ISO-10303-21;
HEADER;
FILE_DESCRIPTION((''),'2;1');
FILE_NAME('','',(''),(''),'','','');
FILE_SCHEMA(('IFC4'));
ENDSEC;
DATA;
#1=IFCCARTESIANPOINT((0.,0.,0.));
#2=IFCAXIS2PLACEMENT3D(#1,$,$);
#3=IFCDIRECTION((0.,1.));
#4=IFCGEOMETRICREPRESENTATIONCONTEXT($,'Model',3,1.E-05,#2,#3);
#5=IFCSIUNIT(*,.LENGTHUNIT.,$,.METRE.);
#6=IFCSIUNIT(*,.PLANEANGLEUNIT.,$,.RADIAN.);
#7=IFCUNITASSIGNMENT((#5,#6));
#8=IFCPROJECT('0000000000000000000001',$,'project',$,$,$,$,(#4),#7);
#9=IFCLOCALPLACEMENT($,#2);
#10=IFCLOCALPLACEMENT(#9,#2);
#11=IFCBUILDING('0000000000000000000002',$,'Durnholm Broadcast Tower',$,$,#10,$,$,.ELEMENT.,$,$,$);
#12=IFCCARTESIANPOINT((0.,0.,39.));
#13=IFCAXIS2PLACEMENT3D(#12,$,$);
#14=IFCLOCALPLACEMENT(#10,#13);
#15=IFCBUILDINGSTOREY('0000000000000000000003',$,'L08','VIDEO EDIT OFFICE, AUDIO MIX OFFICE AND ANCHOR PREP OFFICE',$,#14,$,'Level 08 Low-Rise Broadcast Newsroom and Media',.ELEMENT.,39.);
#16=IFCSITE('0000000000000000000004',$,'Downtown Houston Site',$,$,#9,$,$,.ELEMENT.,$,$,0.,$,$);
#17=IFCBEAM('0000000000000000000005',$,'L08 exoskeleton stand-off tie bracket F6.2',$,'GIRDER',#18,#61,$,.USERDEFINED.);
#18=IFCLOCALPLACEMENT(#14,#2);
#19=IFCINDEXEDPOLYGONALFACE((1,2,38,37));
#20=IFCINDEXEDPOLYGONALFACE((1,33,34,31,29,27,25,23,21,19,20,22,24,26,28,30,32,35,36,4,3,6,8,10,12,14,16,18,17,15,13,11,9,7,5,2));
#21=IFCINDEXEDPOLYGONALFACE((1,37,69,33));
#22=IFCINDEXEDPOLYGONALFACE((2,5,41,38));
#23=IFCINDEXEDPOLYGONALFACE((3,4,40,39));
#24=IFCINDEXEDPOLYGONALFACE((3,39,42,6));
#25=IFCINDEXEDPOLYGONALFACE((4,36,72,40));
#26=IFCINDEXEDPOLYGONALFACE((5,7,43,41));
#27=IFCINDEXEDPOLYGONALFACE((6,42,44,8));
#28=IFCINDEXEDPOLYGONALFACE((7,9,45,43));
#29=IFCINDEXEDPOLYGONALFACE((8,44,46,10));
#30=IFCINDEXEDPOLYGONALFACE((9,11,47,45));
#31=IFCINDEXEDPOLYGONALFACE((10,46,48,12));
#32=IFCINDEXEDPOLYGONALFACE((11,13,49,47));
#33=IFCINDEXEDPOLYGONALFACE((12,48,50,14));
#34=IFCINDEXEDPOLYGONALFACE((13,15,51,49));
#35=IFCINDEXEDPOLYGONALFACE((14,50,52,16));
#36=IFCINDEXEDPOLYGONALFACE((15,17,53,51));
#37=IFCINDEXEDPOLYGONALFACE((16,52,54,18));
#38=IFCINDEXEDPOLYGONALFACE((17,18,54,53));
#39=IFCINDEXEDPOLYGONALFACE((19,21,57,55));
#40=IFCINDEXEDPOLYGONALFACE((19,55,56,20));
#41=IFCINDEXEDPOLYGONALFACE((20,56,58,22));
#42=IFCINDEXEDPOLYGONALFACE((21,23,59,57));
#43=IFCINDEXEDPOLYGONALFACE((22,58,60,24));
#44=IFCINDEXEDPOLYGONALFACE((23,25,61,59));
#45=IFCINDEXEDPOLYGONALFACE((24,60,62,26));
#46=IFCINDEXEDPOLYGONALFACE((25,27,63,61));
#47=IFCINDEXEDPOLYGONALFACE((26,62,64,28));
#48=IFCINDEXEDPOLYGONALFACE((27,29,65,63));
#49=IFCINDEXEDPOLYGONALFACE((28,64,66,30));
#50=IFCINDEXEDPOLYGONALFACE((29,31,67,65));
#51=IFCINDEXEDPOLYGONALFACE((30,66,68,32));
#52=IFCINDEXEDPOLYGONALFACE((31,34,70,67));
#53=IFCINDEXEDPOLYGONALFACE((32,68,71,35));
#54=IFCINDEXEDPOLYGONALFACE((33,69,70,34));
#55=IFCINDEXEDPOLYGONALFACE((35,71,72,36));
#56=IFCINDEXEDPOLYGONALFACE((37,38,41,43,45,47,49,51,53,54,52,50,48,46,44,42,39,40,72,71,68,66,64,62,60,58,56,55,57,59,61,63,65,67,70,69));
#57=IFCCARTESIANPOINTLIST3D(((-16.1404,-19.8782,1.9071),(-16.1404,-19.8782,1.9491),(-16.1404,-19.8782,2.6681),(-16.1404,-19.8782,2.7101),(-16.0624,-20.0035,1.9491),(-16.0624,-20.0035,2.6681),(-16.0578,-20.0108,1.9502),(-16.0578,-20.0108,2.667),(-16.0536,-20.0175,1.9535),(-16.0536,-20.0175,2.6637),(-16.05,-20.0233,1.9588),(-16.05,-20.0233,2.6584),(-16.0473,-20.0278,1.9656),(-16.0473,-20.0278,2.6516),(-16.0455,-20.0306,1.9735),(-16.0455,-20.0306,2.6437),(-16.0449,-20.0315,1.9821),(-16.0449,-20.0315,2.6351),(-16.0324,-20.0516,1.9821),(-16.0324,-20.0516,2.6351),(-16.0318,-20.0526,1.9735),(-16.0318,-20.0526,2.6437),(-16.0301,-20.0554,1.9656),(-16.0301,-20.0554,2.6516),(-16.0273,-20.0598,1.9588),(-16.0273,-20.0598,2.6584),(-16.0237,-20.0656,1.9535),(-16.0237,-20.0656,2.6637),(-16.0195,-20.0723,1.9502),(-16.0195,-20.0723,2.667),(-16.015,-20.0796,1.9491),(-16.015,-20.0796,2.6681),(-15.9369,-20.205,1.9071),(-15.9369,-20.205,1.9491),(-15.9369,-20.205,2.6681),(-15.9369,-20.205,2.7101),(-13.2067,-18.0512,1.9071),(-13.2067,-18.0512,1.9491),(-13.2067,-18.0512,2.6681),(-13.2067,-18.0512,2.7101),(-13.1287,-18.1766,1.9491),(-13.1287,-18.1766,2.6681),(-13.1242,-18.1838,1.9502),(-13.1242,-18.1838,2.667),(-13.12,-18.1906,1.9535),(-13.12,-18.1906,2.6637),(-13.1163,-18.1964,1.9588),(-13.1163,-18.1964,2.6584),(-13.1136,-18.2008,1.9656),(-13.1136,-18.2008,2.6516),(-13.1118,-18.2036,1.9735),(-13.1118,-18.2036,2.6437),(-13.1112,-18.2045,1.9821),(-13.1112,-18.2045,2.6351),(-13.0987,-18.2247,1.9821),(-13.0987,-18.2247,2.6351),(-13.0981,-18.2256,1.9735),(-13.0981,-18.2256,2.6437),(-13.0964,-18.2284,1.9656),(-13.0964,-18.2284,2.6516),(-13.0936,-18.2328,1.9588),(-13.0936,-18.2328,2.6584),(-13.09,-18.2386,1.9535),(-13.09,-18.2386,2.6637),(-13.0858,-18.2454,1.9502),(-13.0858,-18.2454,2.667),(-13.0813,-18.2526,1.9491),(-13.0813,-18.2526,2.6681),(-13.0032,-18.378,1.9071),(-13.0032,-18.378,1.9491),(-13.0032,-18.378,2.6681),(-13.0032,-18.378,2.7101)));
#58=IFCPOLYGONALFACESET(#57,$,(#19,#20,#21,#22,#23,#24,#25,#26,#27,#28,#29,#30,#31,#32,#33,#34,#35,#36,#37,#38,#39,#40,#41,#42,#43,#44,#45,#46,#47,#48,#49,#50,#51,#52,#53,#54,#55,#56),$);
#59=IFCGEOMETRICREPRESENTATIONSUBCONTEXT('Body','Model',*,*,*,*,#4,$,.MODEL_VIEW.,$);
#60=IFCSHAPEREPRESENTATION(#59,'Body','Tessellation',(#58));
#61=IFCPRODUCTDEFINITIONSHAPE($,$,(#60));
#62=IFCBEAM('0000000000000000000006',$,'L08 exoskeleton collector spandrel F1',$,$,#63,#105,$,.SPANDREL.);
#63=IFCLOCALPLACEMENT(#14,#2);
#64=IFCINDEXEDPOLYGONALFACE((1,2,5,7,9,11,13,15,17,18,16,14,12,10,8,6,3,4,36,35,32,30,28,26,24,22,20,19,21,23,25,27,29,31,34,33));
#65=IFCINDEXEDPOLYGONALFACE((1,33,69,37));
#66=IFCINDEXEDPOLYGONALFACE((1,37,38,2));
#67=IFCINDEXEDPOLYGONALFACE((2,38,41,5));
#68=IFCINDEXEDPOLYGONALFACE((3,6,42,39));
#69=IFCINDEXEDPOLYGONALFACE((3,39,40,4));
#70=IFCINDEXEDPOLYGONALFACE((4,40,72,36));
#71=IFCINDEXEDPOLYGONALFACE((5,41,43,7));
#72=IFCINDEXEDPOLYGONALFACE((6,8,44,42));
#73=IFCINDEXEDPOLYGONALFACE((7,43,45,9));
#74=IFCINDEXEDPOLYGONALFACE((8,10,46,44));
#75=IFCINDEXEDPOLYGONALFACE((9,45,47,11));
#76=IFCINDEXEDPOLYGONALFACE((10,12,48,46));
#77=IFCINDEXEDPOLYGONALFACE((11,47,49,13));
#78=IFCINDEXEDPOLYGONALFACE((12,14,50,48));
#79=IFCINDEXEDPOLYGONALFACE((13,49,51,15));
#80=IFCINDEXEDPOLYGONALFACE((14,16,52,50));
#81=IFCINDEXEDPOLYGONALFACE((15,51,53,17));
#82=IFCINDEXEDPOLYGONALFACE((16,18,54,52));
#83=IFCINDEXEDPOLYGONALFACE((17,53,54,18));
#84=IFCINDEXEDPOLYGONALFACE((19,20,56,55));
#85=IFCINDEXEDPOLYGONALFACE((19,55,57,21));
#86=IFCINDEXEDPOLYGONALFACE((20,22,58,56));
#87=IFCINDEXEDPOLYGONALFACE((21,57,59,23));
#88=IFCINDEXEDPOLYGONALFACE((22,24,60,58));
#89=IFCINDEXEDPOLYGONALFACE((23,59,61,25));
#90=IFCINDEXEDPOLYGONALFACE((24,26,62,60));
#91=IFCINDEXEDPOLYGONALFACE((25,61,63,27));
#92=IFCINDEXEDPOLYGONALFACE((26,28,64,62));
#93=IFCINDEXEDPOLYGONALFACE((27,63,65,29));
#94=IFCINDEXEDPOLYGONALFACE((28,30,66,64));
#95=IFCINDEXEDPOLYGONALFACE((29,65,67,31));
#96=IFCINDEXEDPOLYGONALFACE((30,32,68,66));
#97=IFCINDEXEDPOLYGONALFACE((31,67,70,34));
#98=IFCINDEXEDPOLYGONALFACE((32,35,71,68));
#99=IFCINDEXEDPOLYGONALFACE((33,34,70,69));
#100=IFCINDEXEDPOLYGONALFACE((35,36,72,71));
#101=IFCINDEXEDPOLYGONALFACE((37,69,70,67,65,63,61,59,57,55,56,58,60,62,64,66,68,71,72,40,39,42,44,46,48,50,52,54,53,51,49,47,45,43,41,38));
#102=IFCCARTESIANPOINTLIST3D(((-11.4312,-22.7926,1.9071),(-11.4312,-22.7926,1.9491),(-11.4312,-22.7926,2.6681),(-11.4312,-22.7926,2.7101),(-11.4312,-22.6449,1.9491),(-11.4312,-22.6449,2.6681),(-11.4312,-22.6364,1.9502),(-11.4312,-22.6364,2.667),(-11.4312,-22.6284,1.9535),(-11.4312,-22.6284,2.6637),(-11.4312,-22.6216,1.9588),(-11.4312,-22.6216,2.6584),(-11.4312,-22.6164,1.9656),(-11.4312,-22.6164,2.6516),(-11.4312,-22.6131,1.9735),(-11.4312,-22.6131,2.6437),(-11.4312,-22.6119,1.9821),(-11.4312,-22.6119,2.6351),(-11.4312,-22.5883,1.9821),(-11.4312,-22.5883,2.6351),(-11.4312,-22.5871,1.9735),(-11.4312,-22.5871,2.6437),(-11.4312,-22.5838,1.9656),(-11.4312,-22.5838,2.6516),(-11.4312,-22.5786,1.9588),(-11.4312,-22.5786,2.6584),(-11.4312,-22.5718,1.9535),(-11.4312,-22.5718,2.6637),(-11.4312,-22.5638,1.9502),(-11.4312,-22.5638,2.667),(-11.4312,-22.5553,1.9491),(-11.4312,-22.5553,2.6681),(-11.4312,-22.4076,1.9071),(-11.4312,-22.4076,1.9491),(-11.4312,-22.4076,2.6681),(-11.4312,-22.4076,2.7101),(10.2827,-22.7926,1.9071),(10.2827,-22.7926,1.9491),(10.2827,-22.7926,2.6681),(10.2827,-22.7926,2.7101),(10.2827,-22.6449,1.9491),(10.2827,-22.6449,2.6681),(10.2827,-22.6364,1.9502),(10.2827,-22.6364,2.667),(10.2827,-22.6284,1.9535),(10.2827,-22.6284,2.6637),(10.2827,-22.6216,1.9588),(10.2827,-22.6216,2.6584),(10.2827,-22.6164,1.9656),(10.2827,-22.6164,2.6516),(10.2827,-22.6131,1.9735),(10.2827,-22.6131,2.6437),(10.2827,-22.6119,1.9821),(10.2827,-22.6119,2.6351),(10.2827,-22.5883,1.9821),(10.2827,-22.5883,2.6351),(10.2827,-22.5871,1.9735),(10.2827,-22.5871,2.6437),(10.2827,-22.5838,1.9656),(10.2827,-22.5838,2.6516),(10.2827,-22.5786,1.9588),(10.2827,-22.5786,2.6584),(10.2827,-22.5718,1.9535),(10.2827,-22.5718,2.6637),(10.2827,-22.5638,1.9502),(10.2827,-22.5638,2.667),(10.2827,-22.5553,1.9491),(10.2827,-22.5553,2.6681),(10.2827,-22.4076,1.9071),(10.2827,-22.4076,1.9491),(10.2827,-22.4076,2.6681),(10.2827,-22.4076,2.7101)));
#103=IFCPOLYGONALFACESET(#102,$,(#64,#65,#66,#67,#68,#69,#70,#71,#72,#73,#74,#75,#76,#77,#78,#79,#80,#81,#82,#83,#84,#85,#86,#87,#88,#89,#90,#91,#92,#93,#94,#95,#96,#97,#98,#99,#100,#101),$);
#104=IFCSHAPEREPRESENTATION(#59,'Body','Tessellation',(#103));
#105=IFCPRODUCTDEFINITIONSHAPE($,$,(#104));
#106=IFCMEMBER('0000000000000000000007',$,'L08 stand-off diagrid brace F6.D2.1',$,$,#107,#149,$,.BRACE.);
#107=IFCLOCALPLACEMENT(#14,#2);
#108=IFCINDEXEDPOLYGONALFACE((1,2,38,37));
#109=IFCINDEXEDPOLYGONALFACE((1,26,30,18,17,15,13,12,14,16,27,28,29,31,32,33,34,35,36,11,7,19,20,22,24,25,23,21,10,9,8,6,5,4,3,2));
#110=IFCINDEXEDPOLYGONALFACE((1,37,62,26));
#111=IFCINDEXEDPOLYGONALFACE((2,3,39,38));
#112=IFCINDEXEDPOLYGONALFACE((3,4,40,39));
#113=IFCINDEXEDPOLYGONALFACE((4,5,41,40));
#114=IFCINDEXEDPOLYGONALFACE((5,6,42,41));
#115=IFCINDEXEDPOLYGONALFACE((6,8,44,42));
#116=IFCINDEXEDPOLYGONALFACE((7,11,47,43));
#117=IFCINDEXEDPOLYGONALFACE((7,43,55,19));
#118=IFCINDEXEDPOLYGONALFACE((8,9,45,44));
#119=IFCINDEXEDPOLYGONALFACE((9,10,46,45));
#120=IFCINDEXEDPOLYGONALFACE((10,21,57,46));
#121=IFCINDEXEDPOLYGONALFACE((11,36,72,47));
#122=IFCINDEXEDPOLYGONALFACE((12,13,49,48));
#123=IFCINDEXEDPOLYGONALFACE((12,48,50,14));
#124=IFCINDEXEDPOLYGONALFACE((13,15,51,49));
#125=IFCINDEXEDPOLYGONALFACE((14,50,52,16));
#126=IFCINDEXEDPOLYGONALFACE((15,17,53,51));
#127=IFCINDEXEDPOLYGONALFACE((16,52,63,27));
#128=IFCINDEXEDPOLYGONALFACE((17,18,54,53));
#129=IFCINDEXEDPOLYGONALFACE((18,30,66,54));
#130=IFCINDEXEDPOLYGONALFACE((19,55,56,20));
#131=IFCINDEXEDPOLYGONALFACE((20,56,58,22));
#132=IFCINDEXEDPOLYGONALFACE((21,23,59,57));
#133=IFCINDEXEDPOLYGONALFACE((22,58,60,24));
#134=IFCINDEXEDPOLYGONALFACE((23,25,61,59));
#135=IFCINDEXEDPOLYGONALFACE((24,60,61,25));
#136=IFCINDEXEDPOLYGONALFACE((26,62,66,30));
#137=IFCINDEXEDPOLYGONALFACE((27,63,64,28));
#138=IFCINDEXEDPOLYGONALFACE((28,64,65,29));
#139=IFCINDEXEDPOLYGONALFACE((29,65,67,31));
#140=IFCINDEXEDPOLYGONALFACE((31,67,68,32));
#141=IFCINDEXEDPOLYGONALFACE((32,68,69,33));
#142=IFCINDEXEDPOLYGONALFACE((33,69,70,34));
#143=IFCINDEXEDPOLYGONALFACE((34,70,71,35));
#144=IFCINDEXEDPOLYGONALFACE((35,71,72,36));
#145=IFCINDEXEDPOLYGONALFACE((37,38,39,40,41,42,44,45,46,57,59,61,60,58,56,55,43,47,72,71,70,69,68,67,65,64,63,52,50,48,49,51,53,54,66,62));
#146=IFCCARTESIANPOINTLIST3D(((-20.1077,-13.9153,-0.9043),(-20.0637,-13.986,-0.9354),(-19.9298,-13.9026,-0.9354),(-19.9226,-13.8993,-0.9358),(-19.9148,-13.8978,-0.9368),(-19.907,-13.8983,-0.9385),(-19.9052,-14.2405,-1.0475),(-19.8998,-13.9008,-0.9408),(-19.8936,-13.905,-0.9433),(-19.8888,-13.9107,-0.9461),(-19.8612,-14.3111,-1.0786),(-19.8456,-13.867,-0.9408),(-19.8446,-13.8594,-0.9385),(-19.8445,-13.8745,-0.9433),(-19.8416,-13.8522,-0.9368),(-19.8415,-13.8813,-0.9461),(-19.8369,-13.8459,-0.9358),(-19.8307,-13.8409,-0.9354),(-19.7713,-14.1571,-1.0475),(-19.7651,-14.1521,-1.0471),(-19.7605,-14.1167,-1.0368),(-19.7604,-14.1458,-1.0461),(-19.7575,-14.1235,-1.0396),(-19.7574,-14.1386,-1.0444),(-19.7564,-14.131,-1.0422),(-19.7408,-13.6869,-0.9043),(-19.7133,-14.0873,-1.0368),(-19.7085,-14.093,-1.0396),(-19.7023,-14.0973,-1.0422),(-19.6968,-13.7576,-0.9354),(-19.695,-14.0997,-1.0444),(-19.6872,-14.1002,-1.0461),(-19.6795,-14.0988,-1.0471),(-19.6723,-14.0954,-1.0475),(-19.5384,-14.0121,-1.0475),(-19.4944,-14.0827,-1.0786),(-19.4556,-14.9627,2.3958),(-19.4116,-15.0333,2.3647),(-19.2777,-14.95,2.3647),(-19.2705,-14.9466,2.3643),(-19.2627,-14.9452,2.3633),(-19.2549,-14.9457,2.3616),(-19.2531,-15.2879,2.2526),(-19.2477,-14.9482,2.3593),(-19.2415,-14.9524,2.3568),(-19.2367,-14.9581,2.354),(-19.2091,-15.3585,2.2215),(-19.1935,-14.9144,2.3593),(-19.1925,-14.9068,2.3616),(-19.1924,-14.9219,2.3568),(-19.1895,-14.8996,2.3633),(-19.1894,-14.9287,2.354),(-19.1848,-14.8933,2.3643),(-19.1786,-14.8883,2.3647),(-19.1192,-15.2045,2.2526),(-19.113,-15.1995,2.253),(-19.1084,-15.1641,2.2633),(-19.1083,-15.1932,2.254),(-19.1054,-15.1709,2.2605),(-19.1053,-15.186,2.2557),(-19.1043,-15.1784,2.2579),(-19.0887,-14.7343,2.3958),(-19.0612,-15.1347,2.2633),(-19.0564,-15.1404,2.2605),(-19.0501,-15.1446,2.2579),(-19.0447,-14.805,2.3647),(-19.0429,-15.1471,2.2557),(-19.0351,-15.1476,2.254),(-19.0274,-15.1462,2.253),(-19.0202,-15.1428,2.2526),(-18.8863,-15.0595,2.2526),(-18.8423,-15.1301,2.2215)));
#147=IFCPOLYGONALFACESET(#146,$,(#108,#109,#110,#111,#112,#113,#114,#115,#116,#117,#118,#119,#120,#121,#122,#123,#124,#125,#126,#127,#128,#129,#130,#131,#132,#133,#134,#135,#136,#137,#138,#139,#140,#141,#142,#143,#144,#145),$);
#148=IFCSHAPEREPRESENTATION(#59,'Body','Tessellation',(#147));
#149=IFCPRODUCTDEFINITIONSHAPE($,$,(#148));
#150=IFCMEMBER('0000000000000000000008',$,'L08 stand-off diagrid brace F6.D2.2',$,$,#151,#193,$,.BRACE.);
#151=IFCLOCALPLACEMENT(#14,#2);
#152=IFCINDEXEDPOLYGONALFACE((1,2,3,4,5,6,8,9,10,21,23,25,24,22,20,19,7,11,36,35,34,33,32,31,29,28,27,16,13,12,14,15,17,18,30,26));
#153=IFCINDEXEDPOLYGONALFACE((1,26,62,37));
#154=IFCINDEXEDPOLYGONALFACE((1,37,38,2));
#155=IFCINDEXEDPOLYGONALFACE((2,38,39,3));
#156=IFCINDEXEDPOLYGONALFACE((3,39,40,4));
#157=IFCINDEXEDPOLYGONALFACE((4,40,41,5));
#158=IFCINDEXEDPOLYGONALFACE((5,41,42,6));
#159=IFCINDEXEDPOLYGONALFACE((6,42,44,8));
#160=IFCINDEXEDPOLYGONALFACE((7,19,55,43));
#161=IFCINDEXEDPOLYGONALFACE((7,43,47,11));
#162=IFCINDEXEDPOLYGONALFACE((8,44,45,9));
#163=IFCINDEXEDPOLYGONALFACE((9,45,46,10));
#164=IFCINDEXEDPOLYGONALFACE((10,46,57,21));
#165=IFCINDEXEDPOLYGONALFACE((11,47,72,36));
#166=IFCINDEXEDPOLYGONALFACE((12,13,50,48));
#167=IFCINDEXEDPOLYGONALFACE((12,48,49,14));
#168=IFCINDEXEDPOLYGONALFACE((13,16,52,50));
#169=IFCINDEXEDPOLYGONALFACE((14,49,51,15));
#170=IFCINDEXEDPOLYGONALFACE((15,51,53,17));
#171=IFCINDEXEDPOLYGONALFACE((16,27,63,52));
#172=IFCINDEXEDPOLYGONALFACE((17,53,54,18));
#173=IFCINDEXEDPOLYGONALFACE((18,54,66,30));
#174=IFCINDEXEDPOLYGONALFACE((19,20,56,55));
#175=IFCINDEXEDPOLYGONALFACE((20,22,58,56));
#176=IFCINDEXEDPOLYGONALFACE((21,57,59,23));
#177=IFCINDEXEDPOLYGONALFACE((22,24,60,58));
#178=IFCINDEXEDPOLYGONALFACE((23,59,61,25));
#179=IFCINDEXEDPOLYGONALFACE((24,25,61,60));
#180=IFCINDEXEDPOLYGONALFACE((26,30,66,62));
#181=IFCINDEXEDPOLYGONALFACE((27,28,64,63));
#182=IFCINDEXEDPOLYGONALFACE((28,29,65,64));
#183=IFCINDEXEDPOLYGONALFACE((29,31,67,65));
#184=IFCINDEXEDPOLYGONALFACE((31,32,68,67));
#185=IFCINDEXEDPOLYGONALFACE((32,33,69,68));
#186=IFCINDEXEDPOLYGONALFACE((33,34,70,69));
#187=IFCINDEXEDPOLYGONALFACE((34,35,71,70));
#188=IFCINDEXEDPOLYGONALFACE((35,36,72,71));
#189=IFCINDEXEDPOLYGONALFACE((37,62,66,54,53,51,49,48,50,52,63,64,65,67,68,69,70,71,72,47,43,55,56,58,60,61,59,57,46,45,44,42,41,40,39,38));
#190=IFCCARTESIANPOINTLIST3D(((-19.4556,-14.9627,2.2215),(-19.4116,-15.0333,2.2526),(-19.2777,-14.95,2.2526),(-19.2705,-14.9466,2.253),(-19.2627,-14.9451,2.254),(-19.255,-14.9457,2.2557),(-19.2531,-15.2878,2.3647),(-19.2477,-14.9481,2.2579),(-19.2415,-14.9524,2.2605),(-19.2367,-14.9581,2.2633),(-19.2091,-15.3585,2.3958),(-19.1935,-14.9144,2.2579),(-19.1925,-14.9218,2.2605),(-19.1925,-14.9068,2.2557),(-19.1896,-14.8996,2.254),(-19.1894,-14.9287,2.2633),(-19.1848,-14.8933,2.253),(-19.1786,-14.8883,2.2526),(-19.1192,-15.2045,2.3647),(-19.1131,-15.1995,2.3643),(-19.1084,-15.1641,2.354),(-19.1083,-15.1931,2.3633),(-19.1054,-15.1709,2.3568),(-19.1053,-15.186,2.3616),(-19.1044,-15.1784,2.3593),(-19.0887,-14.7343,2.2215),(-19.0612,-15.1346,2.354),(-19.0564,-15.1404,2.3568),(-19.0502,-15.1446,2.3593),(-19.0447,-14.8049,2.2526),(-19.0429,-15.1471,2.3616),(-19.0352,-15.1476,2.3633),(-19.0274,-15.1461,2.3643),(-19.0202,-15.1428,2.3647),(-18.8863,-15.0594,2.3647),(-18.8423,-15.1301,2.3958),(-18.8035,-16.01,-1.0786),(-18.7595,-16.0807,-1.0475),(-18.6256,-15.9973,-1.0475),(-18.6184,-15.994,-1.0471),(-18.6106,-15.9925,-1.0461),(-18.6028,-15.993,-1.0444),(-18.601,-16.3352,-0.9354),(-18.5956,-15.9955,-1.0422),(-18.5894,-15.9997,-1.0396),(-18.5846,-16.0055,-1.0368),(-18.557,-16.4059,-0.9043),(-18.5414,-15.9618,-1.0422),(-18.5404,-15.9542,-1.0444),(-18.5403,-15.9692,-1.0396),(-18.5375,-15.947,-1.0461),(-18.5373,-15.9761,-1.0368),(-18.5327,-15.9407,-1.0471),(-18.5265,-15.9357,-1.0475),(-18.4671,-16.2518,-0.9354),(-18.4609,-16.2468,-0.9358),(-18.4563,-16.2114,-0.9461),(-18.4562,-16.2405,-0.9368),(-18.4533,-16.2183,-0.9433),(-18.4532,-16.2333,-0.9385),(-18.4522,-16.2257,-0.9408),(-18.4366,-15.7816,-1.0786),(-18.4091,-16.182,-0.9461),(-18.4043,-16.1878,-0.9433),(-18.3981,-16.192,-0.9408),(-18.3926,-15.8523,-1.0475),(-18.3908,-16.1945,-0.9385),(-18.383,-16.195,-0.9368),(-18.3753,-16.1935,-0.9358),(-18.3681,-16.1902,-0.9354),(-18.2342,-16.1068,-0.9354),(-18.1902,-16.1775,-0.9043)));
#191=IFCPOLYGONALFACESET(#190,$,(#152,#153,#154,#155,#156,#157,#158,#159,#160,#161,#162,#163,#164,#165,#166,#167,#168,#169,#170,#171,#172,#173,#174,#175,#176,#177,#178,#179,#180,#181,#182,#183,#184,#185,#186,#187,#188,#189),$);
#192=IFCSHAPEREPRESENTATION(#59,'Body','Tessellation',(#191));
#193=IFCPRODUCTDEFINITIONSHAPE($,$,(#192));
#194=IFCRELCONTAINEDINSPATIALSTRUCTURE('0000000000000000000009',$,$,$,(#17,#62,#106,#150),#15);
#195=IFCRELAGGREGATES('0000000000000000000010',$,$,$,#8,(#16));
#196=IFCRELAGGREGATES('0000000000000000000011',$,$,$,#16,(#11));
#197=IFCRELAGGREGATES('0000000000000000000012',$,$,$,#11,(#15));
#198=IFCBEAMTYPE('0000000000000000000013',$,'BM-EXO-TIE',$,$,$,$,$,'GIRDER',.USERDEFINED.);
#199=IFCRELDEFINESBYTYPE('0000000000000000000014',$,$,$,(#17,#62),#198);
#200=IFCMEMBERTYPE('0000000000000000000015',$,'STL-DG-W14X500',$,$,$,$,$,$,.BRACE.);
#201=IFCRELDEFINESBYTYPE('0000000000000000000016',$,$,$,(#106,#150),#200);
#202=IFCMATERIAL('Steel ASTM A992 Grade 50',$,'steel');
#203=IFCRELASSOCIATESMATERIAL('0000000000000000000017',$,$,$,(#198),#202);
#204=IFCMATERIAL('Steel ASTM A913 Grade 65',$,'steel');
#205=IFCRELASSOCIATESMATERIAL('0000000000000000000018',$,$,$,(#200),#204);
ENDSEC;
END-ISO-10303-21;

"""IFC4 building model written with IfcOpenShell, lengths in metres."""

from ifc_helpers import new_model, si_unit, direction, frame, origin, origin_2d, place, context, subcontext, project, spatial, i_section, extrude, source, transform, mapped, material, material_profile, profile_set, type_object, type_shapes, element, save


model = new_model("IFC4")

# Units and contexts
model_context = context("Model", 3, precision=1e-05, world=origin(), true_north=direction((0.0, 1.0)))
body_context = subcontext(model_context, "Body", "Model", "MODEL_VIEW")
ifc_project = project(units=[si_unit("LENGTHUNIT", "METRE"), si_unit("PLANEANGLEUNIT", "RADIAN")], contexts=[model_context])

# Site, building, storey
site_placement = place(None, origin())
site = spatial("IfcSite", under=ifc_project, at=site_placement, Name="Downtown Houston Site", CompositionType="ELEMENT", RefElevation=0.0)
building_placement = place(site_placement, origin())
building = spatial("IfcBuilding", under=site, at=building_placement, Name="Durnholm Broadcast Tower", CompositionType="ELEMENT")
storey_placement = place(building_placement, frame((0.0, 0.0, 39.0)))
storey = spatial("IfcBuildingStorey", under=building, at=storey_placement, Name="L08", Description="VIDEO EDIT OFFICE, AUDIO MIX OFFICE AND ANCHOR PREP OFFICE", LongName="Level 08 Low-Rise Broadcast Newsroom and Media", CompositionType="ELEMENT", Elevation=39.0)

# Beams
ifc_material_1 = material(Name="Steel ASTM A992 Grade 50", Category="steel")
ifc_material_profile_1 = material_profile(ifc_material_1, i_section(OverallWidth=0.385, OverallDepth=0.803, WebThickness=0.0237, FlangeThickness=0.042, FilletRadius=0.033, at=origin_2d()), Name="W30X261")
ifc_profile_set_1 = profile_set([ifc_material_profile_1], Name="Steel ASTM A992 Grade 50")
beam_type_1 = type_object("IfcBeamType", Name="BM-EXO-TIE", ElementType="GIRDER", PredefinedType="USERDEFINED", material=ifc_profile_set_1)
shared_shape_1 = source(origin(), body_context, "Body", "SweptSolid", [
    extrude(i_section(OverallWidth=0.385, OverallDepth=0.803, WebThickness=0.0237, FlangeThickness=0.042, FilletRadius=0.033, at=origin_2d()), origin(), (0.0, 0.0, 1.0), 3.4561),
])
for number, where, z_axis, x_axis, name in (
    (1, (-13.105, -18.2146, 2.3086), (-0.848854, -0.528627, 0.0), (0.528627, -0.848854, 0.0), "L08 exoskeleton stand-off tie bracket F6.2"),
):
    element("IfcBeam", number, at=place(storey_placement, frame(where, z_axis=z_axis, x_axis=x_axis)), inside=storey, type_object=beam_type_1, Name=name, ObjectType="GIRDER", PredefinedType="USERDEFINED", context=body_context, shape_type="MappedRepresentation", body=[
        mapped(shared_shape_1, transform((0.0, 0.0, 0.0), x_axis=(1.0, 0.0, 0.0), y_axis=(0.0, 1.0, 0.0), z_axis=(0.0, 0.0, 1.0), scale=1.0)),
    ])
shared_shape_2 = source(origin(), body_context, "Body", "SweptSolid", [
    extrude(i_section(OverallWidth=0.385, OverallDepth=0.803, WebThickness=0.0237, FlangeThickness=0.042, FilletRadius=0.033, at=origin_2d()), origin(), (0.0, 0.0, 1.0), 21.7139),
])
type_shapes(beam_type_1, [shared_shape_1, shared_shape_2])
beam_1_placement = place(storey_placement, frame((-11.4312, -22.6001, 2.3086), z_axis=(1.0, 0.0, 0.0), x_axis=(0.0, 1.0, 0.0)))
element("IfcBeam", 2, at=beam_1_placement, inside=storey, type_object=beam_type_1, Name="L08 exoskeleton collector spandrel F1", PredefinedType="SPANDREL", context=body_context, shape_type="MappedRepresentation", body=[
    mapped(shared_shape_2, transform((0.0, 0.0, 0.0), x_axis=(1.0, 0.0, 0.0), y_axis=(0.0, 1.0, 0.0), z_axis=(0.0, 0.0, 1.0), scale=1.0)),
])

# Members
ifc_material_2 = material(Name="Steel ASTM A913 Grade 65", Category="steel")
ifc_material_profile_2 = material_profile(ifc_material_2, i_section(OverallWidth=0.4321, OverallDepth=0.4978, WebThickness=0.0557, FlangeThickness=0.0889, FilletRadius=0.0305, at=origin_2d()), Name="W14X500")
ifc_profile_set_2 = profile_set([ifc_material_profile_2], Name="Steel ASTM A913 Grade 65")
member_type_1 = type_object("IfcMemberType", Name="STL-DG-W14X500", PredefinedType="BRACE", material=ifc_profile_set_2)
shared_shape_3 = source(origin(), body_context, "Body", "SweptSolid", [
    extrude(i_section(OverallWidth=0.4321, OverallDepth=0.4978, WebThickness=0.0557, FlangeThickness=0.0889, FilletRadius=0.0305, at=origin_2d()), origin(), (0.0, 0.0, 1.0), 3.5232),
])
type_shapes(member_type_1, [shared_shape_3])
for number, where, z_axis, x_axis, name in (
    (3, (-19.801, -13.999, -0.9915), (0.18509, -0.297281, 0.936678), (0.848909, 0.52854, 0.0), "L08 stand-off diagrid brace F6.D2.1"),
    (4, (-18.4968, -16.0938, -0.9915), (-0.18509, 0.297281, 0.936678), (-0.848909, -0.52854, 0.0), "L08 stand-off diagrid brace F6.D2.2"),
):
    element("IfcMember", number, at=place(storey_placement, frame(where, z_axis=z_axis, x_axis=x_axis)), inside=storey, type_object=member_type_1, Name=name, PredefinedType="BRACE", context=body_context, shape_type="MappedRepresentation", body=[
        mapped(shared_shape_3, transform((0.0, 0.0, 0.0), x_axis=(1.0, 0.0, 0.0), y_axis=(0.0, 1.0, 0.0), z_axis=(0.0, 0.0, 1.0), scale=1.0)),
    ])

save(model, "model.ifc")
